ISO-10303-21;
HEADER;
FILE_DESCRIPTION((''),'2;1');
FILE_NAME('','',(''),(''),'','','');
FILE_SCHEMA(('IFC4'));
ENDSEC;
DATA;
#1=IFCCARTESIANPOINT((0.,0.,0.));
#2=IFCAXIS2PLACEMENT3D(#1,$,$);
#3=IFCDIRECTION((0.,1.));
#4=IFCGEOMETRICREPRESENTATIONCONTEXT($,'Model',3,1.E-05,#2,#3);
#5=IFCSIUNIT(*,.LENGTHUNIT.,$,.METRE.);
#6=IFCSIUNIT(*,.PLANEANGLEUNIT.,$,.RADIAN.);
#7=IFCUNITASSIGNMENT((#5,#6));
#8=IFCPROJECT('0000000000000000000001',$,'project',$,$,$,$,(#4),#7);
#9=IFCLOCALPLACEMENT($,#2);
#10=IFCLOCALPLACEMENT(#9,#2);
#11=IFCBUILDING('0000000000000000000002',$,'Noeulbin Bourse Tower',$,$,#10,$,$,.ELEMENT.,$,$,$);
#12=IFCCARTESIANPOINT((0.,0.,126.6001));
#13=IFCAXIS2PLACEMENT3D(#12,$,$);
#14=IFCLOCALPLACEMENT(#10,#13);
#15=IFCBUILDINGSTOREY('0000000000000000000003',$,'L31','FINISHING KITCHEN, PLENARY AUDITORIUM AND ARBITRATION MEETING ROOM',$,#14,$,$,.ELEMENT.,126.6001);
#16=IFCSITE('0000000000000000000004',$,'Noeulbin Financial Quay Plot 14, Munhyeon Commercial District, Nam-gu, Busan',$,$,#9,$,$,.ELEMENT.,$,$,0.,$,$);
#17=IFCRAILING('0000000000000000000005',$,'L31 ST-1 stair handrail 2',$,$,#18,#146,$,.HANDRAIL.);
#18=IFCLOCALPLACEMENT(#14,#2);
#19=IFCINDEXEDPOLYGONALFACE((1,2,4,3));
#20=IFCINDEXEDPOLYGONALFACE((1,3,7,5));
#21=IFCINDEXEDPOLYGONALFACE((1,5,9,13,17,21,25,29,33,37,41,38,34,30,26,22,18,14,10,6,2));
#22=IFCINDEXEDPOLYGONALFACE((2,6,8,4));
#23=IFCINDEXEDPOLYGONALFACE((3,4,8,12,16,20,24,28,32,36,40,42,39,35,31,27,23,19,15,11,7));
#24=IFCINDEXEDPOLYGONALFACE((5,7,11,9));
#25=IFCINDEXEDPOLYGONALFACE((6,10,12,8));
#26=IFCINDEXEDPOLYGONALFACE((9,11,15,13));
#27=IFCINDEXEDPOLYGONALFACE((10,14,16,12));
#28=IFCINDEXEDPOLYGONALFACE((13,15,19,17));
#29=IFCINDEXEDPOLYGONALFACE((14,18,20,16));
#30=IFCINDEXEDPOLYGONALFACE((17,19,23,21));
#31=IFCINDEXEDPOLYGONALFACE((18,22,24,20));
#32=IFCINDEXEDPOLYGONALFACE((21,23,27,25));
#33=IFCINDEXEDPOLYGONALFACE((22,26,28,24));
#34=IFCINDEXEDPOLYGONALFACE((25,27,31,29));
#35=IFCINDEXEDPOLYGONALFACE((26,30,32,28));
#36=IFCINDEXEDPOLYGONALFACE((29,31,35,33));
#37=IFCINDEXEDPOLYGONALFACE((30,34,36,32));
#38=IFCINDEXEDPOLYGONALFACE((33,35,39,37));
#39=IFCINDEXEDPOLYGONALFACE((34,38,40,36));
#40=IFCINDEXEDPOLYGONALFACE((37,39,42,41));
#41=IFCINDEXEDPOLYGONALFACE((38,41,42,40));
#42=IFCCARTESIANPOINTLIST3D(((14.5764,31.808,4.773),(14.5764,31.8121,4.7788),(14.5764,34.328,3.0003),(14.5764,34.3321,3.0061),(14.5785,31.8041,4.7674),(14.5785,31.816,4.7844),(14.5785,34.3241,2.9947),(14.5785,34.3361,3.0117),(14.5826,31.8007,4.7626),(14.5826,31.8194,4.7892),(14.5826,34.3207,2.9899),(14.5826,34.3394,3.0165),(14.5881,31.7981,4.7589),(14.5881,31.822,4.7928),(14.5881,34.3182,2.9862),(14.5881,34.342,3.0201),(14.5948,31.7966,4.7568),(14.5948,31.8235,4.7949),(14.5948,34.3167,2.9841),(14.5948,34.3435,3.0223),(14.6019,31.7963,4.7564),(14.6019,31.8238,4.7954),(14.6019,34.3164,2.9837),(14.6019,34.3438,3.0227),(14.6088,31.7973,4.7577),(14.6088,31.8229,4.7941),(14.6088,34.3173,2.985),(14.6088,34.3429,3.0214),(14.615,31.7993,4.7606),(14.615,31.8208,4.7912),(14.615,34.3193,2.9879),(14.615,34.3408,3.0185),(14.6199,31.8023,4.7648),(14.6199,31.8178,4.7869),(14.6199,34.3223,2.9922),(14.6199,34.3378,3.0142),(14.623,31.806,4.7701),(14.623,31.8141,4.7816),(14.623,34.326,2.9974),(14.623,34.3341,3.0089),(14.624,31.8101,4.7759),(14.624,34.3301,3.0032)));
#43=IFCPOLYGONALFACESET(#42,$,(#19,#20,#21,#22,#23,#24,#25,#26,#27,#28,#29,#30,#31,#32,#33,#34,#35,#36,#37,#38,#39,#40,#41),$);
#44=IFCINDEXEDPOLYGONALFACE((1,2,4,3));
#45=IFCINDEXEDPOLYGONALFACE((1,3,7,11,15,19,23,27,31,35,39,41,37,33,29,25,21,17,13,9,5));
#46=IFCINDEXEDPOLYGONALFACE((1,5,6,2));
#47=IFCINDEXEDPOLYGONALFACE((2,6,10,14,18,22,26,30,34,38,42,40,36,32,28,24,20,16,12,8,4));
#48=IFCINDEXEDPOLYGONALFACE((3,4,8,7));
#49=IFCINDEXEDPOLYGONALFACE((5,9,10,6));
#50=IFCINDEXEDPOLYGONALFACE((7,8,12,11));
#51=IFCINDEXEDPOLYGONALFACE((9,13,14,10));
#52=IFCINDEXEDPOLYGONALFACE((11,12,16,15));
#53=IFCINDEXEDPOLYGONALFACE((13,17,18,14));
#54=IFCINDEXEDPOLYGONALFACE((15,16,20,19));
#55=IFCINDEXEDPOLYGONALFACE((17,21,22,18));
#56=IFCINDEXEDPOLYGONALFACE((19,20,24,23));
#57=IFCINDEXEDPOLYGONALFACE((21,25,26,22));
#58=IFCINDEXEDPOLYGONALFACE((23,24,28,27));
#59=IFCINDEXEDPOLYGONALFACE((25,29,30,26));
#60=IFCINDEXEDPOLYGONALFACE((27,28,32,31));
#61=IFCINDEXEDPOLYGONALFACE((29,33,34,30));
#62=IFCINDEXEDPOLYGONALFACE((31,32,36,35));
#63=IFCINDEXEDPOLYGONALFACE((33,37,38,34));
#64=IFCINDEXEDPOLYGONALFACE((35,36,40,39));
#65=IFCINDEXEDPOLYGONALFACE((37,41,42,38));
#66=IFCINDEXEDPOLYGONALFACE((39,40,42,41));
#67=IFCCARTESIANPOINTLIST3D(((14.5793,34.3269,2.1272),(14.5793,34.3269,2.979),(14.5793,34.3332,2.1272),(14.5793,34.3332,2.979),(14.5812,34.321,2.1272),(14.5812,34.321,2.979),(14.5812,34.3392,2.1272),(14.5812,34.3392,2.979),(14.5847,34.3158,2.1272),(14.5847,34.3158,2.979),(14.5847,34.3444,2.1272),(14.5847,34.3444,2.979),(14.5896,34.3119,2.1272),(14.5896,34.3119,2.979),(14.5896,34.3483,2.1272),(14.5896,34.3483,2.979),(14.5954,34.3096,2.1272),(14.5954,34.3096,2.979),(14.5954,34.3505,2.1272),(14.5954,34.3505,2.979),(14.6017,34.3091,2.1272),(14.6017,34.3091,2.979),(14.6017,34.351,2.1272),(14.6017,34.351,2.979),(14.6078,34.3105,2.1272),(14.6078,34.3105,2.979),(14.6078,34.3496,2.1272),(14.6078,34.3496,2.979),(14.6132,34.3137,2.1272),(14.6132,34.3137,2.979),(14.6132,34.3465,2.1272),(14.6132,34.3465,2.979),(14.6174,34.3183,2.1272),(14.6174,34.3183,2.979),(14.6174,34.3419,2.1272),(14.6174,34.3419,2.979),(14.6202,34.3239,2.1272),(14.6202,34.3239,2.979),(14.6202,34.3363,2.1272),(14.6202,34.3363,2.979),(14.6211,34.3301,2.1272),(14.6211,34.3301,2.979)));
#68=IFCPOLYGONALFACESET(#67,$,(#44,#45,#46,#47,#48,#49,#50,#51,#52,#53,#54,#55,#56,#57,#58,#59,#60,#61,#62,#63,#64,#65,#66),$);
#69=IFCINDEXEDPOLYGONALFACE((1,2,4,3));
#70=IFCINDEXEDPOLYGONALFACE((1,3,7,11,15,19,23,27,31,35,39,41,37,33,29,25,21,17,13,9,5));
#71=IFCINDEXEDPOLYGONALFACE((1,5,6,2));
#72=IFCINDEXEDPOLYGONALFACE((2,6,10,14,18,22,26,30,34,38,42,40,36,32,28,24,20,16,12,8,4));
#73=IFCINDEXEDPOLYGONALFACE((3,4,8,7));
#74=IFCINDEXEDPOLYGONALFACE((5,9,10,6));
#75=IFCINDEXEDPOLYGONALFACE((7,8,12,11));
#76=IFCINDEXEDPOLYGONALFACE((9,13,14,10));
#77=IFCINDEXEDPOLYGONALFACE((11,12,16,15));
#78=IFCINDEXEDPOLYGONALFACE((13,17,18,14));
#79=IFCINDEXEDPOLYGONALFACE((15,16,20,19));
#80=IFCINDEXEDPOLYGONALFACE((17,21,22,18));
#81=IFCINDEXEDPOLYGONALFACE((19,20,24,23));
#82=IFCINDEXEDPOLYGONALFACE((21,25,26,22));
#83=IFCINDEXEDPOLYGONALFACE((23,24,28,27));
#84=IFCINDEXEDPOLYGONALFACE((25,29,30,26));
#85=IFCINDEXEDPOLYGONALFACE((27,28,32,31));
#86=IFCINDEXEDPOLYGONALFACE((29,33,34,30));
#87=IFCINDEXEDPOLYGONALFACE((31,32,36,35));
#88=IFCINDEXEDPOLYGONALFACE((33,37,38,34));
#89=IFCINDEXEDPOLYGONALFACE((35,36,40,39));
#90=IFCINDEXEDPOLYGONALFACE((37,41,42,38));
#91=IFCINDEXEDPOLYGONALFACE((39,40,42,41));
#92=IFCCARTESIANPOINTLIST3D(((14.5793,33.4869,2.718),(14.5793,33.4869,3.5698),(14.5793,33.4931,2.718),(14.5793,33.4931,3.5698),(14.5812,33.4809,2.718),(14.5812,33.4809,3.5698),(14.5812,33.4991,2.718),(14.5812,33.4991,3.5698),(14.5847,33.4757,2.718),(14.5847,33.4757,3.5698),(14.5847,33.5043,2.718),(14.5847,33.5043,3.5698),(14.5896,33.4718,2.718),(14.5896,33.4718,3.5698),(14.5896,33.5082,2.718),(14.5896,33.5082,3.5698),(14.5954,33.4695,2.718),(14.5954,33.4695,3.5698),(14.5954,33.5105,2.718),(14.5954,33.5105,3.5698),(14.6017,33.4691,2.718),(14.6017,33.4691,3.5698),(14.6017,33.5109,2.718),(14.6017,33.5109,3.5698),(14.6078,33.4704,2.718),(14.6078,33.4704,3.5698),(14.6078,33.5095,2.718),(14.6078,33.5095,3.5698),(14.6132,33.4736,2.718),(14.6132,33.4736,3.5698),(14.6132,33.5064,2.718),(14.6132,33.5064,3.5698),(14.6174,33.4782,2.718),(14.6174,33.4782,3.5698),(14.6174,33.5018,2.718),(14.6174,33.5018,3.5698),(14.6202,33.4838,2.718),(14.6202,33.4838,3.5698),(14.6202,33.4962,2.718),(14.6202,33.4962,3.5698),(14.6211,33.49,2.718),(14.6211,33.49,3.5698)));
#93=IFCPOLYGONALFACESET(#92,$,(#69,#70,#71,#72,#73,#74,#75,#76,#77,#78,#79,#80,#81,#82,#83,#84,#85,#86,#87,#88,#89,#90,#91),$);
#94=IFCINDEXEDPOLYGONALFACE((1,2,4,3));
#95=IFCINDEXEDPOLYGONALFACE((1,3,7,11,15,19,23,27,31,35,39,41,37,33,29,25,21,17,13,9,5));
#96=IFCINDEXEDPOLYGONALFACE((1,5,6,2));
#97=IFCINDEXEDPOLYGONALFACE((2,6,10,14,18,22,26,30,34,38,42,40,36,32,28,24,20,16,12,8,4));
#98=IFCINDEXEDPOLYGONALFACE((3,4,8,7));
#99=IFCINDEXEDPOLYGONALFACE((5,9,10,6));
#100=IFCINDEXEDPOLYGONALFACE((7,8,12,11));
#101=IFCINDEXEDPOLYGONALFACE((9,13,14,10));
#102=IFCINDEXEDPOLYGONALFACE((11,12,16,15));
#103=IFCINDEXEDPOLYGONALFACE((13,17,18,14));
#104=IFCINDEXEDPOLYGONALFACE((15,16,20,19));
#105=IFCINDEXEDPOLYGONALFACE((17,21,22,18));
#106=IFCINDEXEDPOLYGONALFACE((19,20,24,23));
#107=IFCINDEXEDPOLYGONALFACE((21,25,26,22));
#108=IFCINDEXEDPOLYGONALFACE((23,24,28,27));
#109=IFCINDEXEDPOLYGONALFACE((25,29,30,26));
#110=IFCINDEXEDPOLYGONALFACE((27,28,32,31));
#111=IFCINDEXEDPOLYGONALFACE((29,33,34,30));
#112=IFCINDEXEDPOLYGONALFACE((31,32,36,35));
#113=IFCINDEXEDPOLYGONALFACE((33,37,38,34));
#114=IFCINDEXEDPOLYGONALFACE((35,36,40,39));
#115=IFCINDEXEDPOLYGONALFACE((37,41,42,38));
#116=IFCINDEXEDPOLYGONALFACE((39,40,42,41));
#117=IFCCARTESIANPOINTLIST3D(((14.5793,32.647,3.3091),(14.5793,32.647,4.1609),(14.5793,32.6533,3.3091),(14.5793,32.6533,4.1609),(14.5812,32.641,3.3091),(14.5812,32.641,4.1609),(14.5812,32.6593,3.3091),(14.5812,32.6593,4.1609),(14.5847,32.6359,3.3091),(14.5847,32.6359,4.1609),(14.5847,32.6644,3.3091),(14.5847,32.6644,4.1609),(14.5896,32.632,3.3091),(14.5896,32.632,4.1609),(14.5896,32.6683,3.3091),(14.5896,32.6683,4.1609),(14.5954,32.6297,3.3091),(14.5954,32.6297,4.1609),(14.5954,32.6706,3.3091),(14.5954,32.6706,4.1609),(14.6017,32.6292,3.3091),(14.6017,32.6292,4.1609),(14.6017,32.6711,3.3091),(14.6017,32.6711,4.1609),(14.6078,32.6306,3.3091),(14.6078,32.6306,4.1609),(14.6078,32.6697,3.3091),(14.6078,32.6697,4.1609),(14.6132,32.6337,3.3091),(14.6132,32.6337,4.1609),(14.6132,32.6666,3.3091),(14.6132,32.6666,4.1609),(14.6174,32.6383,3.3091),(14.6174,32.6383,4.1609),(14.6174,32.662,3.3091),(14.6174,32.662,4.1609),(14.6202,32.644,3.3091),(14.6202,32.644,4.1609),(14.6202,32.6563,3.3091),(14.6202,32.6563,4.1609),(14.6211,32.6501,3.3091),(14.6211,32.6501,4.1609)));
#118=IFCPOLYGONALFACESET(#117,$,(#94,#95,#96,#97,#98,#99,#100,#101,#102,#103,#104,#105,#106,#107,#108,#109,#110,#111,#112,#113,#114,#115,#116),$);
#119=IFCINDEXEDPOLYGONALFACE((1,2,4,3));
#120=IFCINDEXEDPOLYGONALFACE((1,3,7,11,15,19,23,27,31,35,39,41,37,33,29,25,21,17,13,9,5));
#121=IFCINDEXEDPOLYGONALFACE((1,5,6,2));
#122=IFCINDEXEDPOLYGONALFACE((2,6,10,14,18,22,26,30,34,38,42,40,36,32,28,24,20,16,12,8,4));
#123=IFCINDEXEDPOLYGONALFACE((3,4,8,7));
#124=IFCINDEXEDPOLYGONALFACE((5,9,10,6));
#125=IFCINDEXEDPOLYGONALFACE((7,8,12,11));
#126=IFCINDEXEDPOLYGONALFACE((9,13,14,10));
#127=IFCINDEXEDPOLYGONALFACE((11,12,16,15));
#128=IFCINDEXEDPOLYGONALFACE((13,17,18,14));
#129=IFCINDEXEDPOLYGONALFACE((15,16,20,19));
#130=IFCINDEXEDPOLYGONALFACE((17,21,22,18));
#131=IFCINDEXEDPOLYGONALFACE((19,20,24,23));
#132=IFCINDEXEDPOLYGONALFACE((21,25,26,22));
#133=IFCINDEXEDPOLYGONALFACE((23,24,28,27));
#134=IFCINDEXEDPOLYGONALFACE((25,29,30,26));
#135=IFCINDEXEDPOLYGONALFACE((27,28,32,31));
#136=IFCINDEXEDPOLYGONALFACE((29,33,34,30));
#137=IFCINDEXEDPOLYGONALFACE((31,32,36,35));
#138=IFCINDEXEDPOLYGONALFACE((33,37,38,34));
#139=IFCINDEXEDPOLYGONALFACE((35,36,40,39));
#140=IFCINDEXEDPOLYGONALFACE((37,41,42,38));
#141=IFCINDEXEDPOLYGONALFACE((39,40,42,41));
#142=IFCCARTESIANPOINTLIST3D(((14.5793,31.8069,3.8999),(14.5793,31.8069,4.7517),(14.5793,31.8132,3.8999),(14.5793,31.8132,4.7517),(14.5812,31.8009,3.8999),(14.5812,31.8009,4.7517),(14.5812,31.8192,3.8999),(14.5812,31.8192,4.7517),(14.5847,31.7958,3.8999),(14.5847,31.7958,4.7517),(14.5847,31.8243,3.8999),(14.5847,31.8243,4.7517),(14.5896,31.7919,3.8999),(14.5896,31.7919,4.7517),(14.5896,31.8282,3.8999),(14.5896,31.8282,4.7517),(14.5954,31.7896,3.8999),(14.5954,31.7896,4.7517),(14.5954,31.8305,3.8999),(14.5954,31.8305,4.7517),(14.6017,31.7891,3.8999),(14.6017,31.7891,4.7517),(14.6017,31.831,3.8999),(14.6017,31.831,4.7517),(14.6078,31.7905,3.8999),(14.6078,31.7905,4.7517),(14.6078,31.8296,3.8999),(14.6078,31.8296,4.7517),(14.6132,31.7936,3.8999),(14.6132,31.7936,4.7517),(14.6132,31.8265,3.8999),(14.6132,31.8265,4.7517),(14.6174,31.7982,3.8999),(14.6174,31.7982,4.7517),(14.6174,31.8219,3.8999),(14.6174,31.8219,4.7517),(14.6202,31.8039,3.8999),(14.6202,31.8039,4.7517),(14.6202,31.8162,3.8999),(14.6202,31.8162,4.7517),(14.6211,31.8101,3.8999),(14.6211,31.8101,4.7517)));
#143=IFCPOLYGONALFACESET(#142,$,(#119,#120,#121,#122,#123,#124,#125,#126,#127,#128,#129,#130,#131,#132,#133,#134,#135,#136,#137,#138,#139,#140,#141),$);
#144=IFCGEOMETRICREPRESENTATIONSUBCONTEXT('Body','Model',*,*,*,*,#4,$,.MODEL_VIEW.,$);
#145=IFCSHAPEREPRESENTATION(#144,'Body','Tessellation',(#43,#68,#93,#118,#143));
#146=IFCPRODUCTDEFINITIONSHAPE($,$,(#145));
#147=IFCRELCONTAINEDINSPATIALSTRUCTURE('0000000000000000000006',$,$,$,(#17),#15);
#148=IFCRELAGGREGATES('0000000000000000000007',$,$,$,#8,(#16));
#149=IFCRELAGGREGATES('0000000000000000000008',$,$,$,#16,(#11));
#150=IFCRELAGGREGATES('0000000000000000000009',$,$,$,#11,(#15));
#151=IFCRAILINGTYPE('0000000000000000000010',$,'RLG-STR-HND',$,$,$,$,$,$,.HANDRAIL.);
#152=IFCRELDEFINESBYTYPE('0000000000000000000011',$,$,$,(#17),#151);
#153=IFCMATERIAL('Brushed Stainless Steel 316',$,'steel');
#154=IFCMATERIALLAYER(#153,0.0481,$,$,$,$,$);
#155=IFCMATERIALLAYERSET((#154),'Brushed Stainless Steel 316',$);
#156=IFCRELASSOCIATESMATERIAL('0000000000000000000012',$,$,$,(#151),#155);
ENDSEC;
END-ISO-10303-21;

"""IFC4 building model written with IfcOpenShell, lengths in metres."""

from ifc_helpers import new_model, si_unit, direction, frame, origin, origin_2d, place, context, subcontext, project, spatial, circle, extrude, material, layer, layer_set, type_object, element, save


model = new_model("IFC4")

# Units and contexts
model_context = context("Model", 3, precision=1e-05, world=origin(), true_north=direction((0.0, 1.0)))
body_context = subcontext(model_context, "Body", "Model", "MODEL_VIEW")
ifc_project = project(units=[si_unit("LENGTHUNIT", "METRE"), si_unit("PLANEANGLEUNIT", "RADIAN")], contexts=[model_context])

# Site, building, storey
site_placement = place(None, origin())
site = spatial("IfcSite", under=ifc_project, at=site_placement, Name="Noeulbin Financial Quay Plot 14, Munhyeon Commercial District, Nam-gu, Busan", CompositionType="ELEMENT", RefElevation=0.0)
building_placement = place(site_placement, origin())
building = spatial("IfcBuilding", under=site, at=building_placement, Name="Noeulbin Bourse Tower", CompositionType="ELEMENT")
storey_placement = place(building_placement, frame((0.0, 0.0, 126.6001)))
storey = spatial("IfcBuildingStorey", under=building, at=storey_placement, Name="L31", Description="FINISHING KITCHEN, PLENARY AUDITORIUM AND ARBITRATION MEETING ROOM", CompositionType="ELEMENT", Elevation=126.6001)

# Shared definitions
ifc_material_1 = material(Name="Brushed Stainless Steel 316", Category="steel")

# Railing
ifc_layer_1 = layer(ifc_material_1, 0.0481)
ifc_layer_set_1 = layer_set([ifc_layer_1], Name="Brushed Stainless Steel 316")
railing_type_1 = type_object("IfcRailingType", Name="RLG-STR-HND", PredefinedType="HANDRAIL", material=ifc_layer_set_1)
railing_1_placement = place(storey_placement, frame((14.6001, 34.3301, 2.1272)))
element("IfcRailing", 1, at=railing_1_placement, inside=storey, type_object=railing_type_1, Name="L31 ST-1 stair handrail 2", PredefinedType="HANDRAIL", context=body_context, shape_type="SweptSolid", body=[
    extrude(circle(Radius=0.0239, at=origin_2d()), frame((0.0, 0.0, 0.876), z_axis=(0.0, -0.817904, 0.575354), x_axis=(1.0, 0.0, 0.0)), (0.0, 0.0, 1.0), 3.0811),
    extrude(circle(Radius=0.021, at=origin_2d()), origin(), (0.0, 0.0, 1.0), 0.8518),
    extrude(circle(Radius=0.021, at=origin_2d()), frame((0.0, -0.8401, 0.5908)), (0.0, 0.0, 1.0), 0.8518),
    extrude(circle(Radius=0.021, at=origin_2d()), frame((0.0, -1.6799, 1.1819)), (0.0, 0.0, 1.0), 0.8518),
    extrude(circle(Radius=0.021, at=origin_2d()), frame((0.0, -2.52, 1.7727)), (0.0, 0.0, 1.0), 0.8518),
])

save(model, "model.ifc")
